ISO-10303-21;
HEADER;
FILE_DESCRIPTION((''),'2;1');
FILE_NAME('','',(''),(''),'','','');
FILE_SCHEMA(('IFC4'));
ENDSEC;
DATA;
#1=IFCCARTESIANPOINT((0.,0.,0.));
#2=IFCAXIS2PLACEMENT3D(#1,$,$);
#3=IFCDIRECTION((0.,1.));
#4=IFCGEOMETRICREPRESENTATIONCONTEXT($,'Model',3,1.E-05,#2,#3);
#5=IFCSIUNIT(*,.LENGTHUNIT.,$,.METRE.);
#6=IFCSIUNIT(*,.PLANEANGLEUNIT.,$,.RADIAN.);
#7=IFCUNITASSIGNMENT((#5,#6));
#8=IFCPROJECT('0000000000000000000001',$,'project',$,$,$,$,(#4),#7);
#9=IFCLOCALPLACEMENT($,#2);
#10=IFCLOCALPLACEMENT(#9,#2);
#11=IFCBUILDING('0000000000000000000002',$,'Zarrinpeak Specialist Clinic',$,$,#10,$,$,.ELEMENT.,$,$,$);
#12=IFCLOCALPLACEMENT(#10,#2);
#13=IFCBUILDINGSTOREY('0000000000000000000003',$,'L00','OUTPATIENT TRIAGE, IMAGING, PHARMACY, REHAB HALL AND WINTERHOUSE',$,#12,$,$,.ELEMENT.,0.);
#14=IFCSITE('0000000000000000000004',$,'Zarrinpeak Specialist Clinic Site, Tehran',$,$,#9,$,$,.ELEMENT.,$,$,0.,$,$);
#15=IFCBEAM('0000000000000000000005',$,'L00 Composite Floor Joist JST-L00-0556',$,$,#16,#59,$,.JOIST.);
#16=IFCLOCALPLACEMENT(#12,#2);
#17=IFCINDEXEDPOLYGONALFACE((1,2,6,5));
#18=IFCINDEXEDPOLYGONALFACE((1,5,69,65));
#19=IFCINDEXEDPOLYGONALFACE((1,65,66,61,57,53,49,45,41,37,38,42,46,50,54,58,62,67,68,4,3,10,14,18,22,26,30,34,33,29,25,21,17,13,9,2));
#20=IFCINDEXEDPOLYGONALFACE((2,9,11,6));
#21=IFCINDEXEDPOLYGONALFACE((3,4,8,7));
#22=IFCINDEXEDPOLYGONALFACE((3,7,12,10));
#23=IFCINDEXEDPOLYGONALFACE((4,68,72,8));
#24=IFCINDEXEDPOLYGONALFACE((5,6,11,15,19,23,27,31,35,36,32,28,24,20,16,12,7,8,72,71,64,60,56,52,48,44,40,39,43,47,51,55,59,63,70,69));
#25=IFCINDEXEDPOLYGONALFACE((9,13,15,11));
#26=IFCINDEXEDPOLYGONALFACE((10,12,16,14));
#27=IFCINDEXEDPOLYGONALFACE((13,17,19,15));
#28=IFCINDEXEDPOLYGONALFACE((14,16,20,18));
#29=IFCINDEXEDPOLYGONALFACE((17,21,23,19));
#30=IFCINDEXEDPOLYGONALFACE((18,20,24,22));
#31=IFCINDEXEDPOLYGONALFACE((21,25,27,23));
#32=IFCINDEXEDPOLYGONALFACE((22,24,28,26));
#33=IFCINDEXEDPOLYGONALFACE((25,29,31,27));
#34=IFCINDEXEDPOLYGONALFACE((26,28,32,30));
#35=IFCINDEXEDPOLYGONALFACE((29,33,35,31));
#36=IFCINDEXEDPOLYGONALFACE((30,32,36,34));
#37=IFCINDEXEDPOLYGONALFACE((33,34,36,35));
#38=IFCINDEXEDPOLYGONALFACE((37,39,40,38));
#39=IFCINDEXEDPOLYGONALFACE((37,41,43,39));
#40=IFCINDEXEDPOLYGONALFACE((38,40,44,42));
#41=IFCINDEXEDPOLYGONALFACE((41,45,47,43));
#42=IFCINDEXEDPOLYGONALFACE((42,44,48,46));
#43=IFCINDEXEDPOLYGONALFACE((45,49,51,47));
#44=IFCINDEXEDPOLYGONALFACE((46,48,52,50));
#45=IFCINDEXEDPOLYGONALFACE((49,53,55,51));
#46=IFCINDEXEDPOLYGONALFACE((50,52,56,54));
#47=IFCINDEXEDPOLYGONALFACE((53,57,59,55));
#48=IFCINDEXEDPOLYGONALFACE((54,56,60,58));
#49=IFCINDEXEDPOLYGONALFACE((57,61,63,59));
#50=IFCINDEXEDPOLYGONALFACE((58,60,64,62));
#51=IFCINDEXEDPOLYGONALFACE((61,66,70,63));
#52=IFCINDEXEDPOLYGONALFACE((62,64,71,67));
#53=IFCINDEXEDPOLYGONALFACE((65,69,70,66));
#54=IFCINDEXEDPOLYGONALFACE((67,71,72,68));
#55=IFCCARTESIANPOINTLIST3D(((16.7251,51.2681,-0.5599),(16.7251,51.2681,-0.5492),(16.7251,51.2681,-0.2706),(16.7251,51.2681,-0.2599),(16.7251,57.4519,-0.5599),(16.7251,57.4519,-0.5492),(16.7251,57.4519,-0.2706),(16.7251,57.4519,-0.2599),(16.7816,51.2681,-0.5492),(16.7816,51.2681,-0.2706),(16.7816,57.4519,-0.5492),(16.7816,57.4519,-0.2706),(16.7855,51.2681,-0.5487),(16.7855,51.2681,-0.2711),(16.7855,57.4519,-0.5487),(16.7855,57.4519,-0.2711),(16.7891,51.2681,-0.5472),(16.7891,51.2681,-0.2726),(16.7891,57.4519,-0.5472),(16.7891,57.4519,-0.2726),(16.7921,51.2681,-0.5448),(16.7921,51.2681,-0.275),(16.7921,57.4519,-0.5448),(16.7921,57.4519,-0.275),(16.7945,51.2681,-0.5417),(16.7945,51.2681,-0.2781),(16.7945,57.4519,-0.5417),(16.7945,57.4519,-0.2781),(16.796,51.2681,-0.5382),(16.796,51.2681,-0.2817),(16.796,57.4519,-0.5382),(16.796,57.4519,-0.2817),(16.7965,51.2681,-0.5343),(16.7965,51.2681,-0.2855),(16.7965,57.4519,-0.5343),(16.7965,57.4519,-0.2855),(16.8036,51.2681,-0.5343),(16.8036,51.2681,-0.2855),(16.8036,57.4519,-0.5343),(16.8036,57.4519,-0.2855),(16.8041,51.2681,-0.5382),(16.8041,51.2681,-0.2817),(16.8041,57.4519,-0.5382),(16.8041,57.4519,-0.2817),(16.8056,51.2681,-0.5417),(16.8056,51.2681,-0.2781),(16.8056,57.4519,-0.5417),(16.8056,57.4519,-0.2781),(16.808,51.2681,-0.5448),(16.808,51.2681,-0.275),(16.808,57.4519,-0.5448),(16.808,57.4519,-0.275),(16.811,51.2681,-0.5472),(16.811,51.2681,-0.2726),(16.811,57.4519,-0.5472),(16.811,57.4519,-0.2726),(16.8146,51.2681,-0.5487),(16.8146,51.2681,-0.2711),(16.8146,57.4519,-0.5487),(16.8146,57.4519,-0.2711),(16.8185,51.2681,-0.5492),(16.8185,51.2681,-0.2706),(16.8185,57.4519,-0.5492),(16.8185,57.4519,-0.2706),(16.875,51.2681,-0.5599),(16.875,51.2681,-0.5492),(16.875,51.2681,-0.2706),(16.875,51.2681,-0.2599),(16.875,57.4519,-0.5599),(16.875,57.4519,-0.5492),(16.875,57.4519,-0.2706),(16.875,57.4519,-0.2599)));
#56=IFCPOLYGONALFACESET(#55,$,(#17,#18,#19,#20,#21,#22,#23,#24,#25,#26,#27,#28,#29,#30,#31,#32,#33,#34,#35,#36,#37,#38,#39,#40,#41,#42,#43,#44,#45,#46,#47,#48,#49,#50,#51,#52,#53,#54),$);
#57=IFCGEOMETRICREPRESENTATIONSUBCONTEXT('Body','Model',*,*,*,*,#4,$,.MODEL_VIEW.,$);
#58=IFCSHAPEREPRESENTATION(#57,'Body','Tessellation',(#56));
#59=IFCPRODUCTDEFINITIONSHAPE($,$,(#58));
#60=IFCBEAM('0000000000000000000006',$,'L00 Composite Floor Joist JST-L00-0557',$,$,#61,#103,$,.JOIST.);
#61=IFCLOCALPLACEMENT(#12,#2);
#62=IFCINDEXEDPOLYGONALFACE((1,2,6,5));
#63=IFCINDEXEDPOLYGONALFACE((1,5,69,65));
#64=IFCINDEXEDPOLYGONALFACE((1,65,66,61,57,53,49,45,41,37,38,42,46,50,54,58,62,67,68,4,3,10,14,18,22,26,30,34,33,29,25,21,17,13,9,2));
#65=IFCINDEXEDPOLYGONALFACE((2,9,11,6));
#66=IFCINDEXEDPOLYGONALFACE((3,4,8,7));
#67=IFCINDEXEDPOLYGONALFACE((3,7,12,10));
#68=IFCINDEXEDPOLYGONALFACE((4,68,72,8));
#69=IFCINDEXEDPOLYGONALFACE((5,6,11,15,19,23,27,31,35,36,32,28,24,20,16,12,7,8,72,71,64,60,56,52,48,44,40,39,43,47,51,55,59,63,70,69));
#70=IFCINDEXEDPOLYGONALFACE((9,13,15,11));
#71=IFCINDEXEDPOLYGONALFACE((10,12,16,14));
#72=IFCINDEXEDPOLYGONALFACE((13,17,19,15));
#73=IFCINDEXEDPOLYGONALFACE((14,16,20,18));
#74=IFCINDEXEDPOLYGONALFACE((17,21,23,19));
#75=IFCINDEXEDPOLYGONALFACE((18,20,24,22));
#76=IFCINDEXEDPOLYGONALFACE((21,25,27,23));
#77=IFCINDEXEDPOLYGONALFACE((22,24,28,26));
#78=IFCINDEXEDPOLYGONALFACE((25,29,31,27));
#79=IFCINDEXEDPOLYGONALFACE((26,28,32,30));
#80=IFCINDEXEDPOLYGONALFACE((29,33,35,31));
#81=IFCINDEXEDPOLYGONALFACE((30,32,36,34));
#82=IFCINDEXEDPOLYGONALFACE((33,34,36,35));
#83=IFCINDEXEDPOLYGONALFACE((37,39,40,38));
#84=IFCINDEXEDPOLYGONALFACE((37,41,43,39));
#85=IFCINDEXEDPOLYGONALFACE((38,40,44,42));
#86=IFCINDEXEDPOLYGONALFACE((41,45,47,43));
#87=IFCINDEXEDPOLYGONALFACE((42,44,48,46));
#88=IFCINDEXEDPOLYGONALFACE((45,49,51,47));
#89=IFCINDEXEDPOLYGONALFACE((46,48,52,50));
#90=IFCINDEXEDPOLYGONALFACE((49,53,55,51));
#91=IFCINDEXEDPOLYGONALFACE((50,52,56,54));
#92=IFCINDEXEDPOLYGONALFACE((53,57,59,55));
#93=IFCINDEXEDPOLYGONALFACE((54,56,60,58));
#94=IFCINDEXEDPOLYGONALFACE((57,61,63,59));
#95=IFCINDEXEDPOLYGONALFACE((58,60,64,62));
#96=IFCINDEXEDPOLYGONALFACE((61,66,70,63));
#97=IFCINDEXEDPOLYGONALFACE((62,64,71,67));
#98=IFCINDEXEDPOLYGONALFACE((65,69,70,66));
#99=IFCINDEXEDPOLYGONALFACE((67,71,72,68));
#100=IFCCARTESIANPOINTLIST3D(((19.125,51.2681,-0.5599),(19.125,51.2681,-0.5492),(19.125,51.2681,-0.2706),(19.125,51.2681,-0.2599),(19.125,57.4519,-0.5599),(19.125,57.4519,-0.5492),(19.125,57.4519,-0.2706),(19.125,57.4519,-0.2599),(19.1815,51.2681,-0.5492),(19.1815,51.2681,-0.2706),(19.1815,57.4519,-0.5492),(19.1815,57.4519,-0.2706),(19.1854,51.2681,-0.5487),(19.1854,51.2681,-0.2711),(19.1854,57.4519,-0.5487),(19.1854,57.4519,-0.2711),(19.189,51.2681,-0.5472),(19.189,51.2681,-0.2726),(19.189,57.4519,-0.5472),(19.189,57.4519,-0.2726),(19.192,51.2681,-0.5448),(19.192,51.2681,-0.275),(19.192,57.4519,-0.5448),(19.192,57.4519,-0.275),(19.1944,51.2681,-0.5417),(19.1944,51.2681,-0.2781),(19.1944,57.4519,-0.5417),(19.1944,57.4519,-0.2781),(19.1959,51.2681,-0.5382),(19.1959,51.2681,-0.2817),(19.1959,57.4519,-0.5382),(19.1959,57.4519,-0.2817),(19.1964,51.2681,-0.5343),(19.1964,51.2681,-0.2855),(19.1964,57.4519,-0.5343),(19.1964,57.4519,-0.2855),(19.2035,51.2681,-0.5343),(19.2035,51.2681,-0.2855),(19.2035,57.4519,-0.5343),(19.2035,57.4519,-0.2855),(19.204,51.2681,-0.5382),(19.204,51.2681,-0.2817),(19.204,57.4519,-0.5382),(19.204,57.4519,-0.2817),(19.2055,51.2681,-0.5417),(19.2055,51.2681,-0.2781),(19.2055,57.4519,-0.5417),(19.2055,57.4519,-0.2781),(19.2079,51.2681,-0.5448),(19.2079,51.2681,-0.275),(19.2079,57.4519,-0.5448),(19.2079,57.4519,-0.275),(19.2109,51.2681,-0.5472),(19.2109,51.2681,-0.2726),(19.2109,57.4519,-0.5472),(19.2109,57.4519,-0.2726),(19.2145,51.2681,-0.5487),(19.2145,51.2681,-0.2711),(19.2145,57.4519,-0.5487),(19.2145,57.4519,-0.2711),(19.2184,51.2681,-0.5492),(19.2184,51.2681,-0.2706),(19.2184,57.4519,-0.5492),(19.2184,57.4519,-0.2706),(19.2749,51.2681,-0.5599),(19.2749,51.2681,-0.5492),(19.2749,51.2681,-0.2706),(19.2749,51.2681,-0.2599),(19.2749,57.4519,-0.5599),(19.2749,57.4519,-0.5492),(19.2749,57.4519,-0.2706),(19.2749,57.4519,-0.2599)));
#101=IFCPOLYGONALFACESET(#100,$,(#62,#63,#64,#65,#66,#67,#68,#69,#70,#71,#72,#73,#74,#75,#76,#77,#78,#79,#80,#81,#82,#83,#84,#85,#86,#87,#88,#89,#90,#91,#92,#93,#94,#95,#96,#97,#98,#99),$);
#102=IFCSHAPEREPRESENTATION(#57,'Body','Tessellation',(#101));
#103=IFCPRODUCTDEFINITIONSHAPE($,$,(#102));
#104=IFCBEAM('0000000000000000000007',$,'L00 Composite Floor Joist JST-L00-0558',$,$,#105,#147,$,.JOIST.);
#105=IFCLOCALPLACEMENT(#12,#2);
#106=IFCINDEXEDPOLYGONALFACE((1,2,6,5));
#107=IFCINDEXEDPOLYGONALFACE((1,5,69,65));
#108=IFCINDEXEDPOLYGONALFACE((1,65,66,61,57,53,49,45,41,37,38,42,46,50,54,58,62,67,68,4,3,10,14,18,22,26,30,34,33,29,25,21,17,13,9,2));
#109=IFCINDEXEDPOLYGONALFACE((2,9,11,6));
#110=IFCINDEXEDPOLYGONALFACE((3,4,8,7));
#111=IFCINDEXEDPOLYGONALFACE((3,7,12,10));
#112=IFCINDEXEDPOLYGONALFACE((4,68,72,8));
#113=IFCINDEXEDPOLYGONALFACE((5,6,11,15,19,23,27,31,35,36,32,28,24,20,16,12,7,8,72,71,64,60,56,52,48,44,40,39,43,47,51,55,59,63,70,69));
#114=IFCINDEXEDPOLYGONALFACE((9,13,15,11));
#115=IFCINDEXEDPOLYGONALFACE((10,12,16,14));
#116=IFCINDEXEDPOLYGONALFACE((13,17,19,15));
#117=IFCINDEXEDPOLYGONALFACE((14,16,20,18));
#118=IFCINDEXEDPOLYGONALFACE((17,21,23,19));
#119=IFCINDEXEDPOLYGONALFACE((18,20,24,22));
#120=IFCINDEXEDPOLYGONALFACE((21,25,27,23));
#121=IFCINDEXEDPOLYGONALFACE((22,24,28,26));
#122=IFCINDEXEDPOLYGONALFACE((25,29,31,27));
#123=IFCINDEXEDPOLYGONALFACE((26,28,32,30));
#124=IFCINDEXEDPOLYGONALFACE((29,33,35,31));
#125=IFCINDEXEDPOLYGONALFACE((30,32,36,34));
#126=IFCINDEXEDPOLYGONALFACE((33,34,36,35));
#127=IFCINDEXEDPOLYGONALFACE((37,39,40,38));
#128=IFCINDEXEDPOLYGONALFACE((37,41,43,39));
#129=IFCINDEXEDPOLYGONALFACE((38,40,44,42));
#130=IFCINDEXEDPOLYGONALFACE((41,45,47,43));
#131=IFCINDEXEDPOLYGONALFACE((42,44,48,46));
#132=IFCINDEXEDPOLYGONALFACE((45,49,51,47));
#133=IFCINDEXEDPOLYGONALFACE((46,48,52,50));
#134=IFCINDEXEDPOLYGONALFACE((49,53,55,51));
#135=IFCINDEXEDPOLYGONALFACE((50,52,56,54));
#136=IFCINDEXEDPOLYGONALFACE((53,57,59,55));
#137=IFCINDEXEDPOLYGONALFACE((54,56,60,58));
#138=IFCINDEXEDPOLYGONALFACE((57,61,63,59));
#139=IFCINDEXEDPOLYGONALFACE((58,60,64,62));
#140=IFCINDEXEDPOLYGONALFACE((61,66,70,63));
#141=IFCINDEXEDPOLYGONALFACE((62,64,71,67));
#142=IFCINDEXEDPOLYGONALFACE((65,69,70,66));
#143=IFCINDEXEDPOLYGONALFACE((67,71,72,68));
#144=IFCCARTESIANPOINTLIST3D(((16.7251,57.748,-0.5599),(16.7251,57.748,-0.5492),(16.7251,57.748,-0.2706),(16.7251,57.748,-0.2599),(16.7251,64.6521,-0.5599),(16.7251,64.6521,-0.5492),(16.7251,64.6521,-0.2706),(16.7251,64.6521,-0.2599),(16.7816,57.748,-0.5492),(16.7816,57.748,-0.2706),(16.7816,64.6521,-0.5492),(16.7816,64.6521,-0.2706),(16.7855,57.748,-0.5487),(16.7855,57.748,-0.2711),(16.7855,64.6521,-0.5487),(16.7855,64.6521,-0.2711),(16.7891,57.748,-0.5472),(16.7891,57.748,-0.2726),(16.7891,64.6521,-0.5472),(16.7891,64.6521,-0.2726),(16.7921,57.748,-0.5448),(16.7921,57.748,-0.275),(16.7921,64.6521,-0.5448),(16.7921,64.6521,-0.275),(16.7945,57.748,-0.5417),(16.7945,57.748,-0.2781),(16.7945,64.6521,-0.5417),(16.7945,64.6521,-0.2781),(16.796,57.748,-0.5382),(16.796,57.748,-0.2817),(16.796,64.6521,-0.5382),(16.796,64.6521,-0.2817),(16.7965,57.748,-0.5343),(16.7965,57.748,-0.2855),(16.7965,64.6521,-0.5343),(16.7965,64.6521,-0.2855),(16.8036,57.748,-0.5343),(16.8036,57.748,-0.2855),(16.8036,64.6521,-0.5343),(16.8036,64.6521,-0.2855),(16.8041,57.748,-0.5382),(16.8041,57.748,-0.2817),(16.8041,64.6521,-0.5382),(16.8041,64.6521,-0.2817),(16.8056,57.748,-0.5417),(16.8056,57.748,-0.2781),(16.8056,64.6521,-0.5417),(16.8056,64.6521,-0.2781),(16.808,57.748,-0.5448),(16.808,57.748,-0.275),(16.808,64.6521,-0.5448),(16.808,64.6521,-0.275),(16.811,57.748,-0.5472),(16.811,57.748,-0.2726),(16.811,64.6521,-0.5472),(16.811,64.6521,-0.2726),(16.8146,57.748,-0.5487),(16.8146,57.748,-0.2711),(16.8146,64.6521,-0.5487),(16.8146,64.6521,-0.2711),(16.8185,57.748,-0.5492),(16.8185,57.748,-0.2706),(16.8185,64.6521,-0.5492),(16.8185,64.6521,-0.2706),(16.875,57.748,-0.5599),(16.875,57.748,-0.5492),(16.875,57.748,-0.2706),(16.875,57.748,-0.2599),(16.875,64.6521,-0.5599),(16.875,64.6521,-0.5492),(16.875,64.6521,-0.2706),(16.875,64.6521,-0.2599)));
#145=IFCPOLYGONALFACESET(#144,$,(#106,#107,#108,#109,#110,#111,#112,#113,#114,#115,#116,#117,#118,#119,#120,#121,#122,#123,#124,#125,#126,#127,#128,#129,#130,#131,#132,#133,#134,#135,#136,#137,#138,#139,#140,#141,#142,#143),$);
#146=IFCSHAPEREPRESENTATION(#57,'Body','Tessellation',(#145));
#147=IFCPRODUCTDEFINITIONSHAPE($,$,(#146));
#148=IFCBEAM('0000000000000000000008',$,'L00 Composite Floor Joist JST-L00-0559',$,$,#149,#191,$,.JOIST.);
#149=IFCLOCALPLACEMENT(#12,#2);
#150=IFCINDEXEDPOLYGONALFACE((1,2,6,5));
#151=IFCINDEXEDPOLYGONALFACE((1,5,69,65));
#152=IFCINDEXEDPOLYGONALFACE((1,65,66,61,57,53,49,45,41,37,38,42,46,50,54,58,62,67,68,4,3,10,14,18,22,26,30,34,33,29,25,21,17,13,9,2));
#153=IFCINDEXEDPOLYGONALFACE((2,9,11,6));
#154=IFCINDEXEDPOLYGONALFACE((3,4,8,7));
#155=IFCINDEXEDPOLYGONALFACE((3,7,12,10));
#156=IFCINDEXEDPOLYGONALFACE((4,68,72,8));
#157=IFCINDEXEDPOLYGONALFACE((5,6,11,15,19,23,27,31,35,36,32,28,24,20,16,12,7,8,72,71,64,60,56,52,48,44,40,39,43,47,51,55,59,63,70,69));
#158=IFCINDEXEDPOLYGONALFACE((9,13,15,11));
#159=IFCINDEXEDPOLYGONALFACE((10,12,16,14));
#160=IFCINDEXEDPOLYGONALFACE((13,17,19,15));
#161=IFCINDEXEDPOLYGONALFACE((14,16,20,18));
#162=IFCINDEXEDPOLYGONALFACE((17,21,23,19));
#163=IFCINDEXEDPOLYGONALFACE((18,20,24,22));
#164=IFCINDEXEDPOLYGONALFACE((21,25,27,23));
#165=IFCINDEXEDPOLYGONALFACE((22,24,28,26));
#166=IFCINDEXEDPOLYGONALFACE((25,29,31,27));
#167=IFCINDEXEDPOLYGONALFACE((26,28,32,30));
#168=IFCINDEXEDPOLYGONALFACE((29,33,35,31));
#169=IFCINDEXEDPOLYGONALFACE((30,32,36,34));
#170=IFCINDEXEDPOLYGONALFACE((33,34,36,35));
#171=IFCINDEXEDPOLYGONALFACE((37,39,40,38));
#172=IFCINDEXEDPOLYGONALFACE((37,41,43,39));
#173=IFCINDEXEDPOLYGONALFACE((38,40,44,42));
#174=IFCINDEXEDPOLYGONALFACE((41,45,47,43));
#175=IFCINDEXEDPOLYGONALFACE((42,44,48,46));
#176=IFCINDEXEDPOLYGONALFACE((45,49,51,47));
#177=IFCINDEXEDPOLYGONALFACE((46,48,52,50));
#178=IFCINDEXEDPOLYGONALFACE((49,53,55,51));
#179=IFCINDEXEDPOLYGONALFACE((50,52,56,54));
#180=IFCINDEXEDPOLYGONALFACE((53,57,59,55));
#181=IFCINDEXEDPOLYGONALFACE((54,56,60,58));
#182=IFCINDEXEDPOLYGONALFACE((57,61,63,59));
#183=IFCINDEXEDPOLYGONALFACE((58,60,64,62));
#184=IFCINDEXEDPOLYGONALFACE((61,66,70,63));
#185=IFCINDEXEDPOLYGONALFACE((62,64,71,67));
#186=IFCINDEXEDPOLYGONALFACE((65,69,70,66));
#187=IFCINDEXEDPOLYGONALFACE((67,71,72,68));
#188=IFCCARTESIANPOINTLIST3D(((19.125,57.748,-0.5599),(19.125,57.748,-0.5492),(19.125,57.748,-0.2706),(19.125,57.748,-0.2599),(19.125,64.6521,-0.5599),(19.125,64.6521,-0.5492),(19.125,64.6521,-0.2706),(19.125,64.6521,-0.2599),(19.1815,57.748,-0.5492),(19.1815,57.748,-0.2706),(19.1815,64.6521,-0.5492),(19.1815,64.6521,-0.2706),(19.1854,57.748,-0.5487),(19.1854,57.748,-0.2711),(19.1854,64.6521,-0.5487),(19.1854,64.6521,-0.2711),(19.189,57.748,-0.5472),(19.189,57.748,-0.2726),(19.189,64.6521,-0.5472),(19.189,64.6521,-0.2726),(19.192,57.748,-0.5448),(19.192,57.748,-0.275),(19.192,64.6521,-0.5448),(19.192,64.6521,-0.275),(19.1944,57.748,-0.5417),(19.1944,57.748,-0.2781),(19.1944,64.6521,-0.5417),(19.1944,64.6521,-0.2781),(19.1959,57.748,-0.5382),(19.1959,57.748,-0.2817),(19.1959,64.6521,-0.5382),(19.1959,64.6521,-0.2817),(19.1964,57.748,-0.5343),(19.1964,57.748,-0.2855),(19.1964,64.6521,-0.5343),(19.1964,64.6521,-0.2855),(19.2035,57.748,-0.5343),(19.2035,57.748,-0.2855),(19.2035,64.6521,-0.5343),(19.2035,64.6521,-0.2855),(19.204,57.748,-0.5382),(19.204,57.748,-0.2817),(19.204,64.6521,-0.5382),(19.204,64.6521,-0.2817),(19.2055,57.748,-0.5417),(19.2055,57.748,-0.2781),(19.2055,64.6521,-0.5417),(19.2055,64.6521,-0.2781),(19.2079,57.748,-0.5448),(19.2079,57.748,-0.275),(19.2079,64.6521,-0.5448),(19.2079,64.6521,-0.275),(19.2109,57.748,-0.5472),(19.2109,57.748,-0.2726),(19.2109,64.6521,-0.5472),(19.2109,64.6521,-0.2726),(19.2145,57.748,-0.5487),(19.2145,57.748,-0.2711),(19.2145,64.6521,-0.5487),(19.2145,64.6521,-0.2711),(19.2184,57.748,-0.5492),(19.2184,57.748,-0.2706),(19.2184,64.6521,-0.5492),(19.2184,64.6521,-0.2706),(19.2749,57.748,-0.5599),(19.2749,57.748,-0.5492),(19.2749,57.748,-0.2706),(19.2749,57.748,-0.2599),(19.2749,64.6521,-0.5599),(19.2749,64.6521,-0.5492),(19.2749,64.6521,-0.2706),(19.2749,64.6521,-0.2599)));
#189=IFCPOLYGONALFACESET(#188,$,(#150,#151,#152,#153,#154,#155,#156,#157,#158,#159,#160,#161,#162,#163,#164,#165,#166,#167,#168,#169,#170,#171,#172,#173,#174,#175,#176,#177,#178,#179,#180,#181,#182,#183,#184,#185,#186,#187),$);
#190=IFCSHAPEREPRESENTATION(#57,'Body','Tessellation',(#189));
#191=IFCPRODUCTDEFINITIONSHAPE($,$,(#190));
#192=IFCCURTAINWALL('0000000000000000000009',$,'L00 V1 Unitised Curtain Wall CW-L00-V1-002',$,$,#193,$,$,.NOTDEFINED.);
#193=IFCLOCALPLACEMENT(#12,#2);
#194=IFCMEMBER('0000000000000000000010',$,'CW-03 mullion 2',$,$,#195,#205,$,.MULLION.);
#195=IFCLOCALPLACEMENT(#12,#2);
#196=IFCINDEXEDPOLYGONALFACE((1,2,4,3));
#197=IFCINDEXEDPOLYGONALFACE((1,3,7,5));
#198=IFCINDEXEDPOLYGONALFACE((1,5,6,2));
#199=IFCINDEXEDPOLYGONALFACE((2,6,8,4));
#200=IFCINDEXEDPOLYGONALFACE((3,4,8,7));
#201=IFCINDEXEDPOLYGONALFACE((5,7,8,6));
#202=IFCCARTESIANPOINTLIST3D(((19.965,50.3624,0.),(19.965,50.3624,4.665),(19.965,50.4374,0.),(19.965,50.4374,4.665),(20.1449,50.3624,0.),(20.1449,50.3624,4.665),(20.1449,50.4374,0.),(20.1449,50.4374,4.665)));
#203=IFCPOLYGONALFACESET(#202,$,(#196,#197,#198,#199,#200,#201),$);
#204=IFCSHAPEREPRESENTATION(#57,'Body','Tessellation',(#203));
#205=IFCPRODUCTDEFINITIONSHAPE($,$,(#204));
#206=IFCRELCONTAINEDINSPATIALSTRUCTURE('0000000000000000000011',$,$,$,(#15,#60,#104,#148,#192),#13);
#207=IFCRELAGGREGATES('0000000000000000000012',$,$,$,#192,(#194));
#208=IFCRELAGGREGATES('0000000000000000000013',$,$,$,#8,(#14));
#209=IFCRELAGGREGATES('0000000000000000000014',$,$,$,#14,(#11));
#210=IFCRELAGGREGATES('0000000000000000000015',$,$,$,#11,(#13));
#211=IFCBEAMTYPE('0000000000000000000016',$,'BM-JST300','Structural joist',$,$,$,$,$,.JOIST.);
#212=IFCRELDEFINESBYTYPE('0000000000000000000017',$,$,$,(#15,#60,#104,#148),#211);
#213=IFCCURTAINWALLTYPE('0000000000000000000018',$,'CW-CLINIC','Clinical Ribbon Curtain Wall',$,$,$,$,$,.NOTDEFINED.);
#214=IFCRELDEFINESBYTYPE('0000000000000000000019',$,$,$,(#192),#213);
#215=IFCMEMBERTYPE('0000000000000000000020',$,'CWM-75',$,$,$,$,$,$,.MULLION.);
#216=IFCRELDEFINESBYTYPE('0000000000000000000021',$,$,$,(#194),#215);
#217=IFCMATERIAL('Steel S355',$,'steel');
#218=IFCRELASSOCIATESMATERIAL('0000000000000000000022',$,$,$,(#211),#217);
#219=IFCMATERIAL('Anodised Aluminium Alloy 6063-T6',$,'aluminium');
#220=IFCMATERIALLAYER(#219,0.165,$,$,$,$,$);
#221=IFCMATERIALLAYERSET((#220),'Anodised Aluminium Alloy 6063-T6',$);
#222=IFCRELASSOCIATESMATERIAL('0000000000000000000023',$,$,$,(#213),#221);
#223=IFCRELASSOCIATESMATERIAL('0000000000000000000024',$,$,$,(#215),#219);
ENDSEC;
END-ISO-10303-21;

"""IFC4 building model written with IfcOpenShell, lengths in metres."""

from ifc_helpers import new_model, si_unit, direction, frame, origin, origin_2d, place, context, subcontext, project, spatial, rectangle, i_section, extrude, material, layer, layer_set, material_profile, profile_set, type_object, element, aggregate, save


model = new_model("IFC4")

# Units and contexts
model_context = context("Model", 3, precision=1e-05, world=origin(), true_north=direction((0.0, 1.0)))
body_context = subcontext(model_context, "Body", "Model", "MODEL_VIEW")
ifc_project = project(units=[si_unit("LENGTHUNIT", "METRE"), si_unit("PLANEANGLEUNIT", "RADIAN")], contexts=[model_context])

# Site, building, storey
site_placement = place(None, origin())
site = spatial("IfcSite", under=ifc_project, at=site_placement, Name="Zarrinpeak Specialist Clinic Site, Tehran", CompositionType="ELEMENT", RefElevation=0.0)
building_placement = place(site_placement, origin())
building = spatial("IfcBuilding", under=site, at=building_placement, Name="Zarrinpeak Specialist Clinic", CompositionType="ELEMENT")
storey_placement = place(building_placement, origin())
storey = spatial("IfcBuildingStorey", under=building, at=storey_placement, Name="L00", Description="OUTPATIENT TRIAGE, IMAGING, PHARMACY, REHAB HALL AND WINTERHOUSE", CompositionType="ELEMENT", Elevation=0.0)

# Shared definitions
ifc_material_1 = material(Name="Steel S355", Category="steel")

# Beams
ifc_material_profile_1 = material_profile(ifc_material_1, i_section(OverallWidth=0.1499, OverallDepth=0.3, WebThickness=0.0071, FlangeThickness=0.0107, FilletRadius=0.0149, at=origin_2d()), Name="IPE 300")
ifc_profile_set_1 = profile_set([ifc_material_profile_1], Name="Steel S355")
beam_type_1 = type_object("IfcBeamType", Name="BM-JST300", Description="Structural joist", PredefinedType="JOIST", material=ifc_profile_set_1)
for number, where, z_axis, x_axis, name in (
    (1, (16.8, 51.2681, -0.4099), (0.0, 1.0, 0.0), (-1.0, 0.0, 0.0), "L00 Composite Floor Joist JST-L00-0556"),
    (2, (19.2, 51.2681, -0.4099), (0.0, 1.0, 0.0), (-1.0, 0.0, 0.0), "L00 Composite Floor Joist JST-L00-0557"),
):
    element("IfcBeam", number, at=place(storey_placement, frame(where, z_axis=z_axis, x_axis=x_axis)), inside=storey, type_object=beam_type_1, Name=name, PredefinedType="JOIST", context=body_context, shape_type="SweptSolid", body=[
        extrude(i_section(OverallWidth=0.1499, OverallDepth=0.3, WebThickness=0.0071, FlangeThickness=0.0107, FilletRadius=0.0149, at=origin_2d()), origin(), (0.0, 0.0, 1.0), 6.1838),
    ])
for number, where, z_axis, x_axis, name in (
    (3, (16.8, 57.748, -0.4099), (0.0, 1.0, 0.0), (-1.0, 0.0, 0.0), "L00 Composite Floor Joist JST-L00-0558"),
    (4, (19.2, 57.748, -0.4099), (0.0, 1.0, 0.0), (-1.0, 0.0, 0.0), "L00 Composite Floor Joist JST-L00-0559"),
):
    element("IfcBeam", number, at=place(storey_placement, frame(where, z_axis=z_axis, x_axis=x_axis)), inside=storey, type_object=beam_type_1, Name=name, PredefinedType="JOIST", context=body_context, shape_type="SweptSolid", body=[
        extrude(i_section(OverallWidth=0.1499, OverallDepth=0.3, WebThickness=0.0071, FlangeThickness=0.0107, FilletRadius=0.0149, at=origin_2d()), origin(), (0.0, 0.0, 1.0), 6.9041),
    ])

# Curtain wall, member
ifc_material_2 = material(Name="Anodised Aluminium Alloy 6063-T6", Category="aluminium")
ifc_layer_1 = layer(ifc_material_2, 0.165)
ifc_layer_set_1 = layer_set([ifc_layer_1], Name="Anodised Aluminium Alloy 6063-T6")
curtain_wall_type = type_object("IfcCurtainWallType", Name="CW-CLINIC", Description="Clinical Ribbon Curtain Wall", PredefinedType="NOTDEFINED", material=ifc_layer_set_1)
curtain_wall_placement = place(storey_placement, origin())
curtain_wall = element("IfcCurtainWall", 5, at=curtain_wall_placement, inside=storey, type_object=curtain_wall_type, Name="L00 V1 Unitised Curtain Wall CW-L00-V1-002", PredefinedType="NOTDEFINED")
ifc_material_profile_2 = material_profile(ifc_material_2, rectangle(XDim=0.075, YDim=0.1799, at=origin_2d()), Name="ALU 75x180")
ifc_profile_set_2 = profile_set([ifc_material_profile_2], Name="Anodised Aluminium Alloy 6063-T6")
member_type_1 = type_object("IfcMemberType", Name="CWM-75", PredefinedType="MULLION", material=ifc_profile_set_2)
member_1_placement = place(storey_placement, frame((20.0549, 50.3999, 0.0), z_axis=(0.0, 0.0, 1.0), x_axis=(0.0, -1.0, 0.0)))
member_1 = element("IfcMember", 6, at=member_1_placement, type_object=member_type_1, Name="CW-03 mullion 2", PredefinedType="MULLION", context=body_context, shape_type="SweptSolid", body=[
    extrude(rectangle(XDim=0.075, YDim=0.1799, at=origin_2d()), origin(), (0.0, 0.0, 1.0), 4.665),
])
aggregate(curtain_wall, [member_1])

save(model, "model.ifc")
